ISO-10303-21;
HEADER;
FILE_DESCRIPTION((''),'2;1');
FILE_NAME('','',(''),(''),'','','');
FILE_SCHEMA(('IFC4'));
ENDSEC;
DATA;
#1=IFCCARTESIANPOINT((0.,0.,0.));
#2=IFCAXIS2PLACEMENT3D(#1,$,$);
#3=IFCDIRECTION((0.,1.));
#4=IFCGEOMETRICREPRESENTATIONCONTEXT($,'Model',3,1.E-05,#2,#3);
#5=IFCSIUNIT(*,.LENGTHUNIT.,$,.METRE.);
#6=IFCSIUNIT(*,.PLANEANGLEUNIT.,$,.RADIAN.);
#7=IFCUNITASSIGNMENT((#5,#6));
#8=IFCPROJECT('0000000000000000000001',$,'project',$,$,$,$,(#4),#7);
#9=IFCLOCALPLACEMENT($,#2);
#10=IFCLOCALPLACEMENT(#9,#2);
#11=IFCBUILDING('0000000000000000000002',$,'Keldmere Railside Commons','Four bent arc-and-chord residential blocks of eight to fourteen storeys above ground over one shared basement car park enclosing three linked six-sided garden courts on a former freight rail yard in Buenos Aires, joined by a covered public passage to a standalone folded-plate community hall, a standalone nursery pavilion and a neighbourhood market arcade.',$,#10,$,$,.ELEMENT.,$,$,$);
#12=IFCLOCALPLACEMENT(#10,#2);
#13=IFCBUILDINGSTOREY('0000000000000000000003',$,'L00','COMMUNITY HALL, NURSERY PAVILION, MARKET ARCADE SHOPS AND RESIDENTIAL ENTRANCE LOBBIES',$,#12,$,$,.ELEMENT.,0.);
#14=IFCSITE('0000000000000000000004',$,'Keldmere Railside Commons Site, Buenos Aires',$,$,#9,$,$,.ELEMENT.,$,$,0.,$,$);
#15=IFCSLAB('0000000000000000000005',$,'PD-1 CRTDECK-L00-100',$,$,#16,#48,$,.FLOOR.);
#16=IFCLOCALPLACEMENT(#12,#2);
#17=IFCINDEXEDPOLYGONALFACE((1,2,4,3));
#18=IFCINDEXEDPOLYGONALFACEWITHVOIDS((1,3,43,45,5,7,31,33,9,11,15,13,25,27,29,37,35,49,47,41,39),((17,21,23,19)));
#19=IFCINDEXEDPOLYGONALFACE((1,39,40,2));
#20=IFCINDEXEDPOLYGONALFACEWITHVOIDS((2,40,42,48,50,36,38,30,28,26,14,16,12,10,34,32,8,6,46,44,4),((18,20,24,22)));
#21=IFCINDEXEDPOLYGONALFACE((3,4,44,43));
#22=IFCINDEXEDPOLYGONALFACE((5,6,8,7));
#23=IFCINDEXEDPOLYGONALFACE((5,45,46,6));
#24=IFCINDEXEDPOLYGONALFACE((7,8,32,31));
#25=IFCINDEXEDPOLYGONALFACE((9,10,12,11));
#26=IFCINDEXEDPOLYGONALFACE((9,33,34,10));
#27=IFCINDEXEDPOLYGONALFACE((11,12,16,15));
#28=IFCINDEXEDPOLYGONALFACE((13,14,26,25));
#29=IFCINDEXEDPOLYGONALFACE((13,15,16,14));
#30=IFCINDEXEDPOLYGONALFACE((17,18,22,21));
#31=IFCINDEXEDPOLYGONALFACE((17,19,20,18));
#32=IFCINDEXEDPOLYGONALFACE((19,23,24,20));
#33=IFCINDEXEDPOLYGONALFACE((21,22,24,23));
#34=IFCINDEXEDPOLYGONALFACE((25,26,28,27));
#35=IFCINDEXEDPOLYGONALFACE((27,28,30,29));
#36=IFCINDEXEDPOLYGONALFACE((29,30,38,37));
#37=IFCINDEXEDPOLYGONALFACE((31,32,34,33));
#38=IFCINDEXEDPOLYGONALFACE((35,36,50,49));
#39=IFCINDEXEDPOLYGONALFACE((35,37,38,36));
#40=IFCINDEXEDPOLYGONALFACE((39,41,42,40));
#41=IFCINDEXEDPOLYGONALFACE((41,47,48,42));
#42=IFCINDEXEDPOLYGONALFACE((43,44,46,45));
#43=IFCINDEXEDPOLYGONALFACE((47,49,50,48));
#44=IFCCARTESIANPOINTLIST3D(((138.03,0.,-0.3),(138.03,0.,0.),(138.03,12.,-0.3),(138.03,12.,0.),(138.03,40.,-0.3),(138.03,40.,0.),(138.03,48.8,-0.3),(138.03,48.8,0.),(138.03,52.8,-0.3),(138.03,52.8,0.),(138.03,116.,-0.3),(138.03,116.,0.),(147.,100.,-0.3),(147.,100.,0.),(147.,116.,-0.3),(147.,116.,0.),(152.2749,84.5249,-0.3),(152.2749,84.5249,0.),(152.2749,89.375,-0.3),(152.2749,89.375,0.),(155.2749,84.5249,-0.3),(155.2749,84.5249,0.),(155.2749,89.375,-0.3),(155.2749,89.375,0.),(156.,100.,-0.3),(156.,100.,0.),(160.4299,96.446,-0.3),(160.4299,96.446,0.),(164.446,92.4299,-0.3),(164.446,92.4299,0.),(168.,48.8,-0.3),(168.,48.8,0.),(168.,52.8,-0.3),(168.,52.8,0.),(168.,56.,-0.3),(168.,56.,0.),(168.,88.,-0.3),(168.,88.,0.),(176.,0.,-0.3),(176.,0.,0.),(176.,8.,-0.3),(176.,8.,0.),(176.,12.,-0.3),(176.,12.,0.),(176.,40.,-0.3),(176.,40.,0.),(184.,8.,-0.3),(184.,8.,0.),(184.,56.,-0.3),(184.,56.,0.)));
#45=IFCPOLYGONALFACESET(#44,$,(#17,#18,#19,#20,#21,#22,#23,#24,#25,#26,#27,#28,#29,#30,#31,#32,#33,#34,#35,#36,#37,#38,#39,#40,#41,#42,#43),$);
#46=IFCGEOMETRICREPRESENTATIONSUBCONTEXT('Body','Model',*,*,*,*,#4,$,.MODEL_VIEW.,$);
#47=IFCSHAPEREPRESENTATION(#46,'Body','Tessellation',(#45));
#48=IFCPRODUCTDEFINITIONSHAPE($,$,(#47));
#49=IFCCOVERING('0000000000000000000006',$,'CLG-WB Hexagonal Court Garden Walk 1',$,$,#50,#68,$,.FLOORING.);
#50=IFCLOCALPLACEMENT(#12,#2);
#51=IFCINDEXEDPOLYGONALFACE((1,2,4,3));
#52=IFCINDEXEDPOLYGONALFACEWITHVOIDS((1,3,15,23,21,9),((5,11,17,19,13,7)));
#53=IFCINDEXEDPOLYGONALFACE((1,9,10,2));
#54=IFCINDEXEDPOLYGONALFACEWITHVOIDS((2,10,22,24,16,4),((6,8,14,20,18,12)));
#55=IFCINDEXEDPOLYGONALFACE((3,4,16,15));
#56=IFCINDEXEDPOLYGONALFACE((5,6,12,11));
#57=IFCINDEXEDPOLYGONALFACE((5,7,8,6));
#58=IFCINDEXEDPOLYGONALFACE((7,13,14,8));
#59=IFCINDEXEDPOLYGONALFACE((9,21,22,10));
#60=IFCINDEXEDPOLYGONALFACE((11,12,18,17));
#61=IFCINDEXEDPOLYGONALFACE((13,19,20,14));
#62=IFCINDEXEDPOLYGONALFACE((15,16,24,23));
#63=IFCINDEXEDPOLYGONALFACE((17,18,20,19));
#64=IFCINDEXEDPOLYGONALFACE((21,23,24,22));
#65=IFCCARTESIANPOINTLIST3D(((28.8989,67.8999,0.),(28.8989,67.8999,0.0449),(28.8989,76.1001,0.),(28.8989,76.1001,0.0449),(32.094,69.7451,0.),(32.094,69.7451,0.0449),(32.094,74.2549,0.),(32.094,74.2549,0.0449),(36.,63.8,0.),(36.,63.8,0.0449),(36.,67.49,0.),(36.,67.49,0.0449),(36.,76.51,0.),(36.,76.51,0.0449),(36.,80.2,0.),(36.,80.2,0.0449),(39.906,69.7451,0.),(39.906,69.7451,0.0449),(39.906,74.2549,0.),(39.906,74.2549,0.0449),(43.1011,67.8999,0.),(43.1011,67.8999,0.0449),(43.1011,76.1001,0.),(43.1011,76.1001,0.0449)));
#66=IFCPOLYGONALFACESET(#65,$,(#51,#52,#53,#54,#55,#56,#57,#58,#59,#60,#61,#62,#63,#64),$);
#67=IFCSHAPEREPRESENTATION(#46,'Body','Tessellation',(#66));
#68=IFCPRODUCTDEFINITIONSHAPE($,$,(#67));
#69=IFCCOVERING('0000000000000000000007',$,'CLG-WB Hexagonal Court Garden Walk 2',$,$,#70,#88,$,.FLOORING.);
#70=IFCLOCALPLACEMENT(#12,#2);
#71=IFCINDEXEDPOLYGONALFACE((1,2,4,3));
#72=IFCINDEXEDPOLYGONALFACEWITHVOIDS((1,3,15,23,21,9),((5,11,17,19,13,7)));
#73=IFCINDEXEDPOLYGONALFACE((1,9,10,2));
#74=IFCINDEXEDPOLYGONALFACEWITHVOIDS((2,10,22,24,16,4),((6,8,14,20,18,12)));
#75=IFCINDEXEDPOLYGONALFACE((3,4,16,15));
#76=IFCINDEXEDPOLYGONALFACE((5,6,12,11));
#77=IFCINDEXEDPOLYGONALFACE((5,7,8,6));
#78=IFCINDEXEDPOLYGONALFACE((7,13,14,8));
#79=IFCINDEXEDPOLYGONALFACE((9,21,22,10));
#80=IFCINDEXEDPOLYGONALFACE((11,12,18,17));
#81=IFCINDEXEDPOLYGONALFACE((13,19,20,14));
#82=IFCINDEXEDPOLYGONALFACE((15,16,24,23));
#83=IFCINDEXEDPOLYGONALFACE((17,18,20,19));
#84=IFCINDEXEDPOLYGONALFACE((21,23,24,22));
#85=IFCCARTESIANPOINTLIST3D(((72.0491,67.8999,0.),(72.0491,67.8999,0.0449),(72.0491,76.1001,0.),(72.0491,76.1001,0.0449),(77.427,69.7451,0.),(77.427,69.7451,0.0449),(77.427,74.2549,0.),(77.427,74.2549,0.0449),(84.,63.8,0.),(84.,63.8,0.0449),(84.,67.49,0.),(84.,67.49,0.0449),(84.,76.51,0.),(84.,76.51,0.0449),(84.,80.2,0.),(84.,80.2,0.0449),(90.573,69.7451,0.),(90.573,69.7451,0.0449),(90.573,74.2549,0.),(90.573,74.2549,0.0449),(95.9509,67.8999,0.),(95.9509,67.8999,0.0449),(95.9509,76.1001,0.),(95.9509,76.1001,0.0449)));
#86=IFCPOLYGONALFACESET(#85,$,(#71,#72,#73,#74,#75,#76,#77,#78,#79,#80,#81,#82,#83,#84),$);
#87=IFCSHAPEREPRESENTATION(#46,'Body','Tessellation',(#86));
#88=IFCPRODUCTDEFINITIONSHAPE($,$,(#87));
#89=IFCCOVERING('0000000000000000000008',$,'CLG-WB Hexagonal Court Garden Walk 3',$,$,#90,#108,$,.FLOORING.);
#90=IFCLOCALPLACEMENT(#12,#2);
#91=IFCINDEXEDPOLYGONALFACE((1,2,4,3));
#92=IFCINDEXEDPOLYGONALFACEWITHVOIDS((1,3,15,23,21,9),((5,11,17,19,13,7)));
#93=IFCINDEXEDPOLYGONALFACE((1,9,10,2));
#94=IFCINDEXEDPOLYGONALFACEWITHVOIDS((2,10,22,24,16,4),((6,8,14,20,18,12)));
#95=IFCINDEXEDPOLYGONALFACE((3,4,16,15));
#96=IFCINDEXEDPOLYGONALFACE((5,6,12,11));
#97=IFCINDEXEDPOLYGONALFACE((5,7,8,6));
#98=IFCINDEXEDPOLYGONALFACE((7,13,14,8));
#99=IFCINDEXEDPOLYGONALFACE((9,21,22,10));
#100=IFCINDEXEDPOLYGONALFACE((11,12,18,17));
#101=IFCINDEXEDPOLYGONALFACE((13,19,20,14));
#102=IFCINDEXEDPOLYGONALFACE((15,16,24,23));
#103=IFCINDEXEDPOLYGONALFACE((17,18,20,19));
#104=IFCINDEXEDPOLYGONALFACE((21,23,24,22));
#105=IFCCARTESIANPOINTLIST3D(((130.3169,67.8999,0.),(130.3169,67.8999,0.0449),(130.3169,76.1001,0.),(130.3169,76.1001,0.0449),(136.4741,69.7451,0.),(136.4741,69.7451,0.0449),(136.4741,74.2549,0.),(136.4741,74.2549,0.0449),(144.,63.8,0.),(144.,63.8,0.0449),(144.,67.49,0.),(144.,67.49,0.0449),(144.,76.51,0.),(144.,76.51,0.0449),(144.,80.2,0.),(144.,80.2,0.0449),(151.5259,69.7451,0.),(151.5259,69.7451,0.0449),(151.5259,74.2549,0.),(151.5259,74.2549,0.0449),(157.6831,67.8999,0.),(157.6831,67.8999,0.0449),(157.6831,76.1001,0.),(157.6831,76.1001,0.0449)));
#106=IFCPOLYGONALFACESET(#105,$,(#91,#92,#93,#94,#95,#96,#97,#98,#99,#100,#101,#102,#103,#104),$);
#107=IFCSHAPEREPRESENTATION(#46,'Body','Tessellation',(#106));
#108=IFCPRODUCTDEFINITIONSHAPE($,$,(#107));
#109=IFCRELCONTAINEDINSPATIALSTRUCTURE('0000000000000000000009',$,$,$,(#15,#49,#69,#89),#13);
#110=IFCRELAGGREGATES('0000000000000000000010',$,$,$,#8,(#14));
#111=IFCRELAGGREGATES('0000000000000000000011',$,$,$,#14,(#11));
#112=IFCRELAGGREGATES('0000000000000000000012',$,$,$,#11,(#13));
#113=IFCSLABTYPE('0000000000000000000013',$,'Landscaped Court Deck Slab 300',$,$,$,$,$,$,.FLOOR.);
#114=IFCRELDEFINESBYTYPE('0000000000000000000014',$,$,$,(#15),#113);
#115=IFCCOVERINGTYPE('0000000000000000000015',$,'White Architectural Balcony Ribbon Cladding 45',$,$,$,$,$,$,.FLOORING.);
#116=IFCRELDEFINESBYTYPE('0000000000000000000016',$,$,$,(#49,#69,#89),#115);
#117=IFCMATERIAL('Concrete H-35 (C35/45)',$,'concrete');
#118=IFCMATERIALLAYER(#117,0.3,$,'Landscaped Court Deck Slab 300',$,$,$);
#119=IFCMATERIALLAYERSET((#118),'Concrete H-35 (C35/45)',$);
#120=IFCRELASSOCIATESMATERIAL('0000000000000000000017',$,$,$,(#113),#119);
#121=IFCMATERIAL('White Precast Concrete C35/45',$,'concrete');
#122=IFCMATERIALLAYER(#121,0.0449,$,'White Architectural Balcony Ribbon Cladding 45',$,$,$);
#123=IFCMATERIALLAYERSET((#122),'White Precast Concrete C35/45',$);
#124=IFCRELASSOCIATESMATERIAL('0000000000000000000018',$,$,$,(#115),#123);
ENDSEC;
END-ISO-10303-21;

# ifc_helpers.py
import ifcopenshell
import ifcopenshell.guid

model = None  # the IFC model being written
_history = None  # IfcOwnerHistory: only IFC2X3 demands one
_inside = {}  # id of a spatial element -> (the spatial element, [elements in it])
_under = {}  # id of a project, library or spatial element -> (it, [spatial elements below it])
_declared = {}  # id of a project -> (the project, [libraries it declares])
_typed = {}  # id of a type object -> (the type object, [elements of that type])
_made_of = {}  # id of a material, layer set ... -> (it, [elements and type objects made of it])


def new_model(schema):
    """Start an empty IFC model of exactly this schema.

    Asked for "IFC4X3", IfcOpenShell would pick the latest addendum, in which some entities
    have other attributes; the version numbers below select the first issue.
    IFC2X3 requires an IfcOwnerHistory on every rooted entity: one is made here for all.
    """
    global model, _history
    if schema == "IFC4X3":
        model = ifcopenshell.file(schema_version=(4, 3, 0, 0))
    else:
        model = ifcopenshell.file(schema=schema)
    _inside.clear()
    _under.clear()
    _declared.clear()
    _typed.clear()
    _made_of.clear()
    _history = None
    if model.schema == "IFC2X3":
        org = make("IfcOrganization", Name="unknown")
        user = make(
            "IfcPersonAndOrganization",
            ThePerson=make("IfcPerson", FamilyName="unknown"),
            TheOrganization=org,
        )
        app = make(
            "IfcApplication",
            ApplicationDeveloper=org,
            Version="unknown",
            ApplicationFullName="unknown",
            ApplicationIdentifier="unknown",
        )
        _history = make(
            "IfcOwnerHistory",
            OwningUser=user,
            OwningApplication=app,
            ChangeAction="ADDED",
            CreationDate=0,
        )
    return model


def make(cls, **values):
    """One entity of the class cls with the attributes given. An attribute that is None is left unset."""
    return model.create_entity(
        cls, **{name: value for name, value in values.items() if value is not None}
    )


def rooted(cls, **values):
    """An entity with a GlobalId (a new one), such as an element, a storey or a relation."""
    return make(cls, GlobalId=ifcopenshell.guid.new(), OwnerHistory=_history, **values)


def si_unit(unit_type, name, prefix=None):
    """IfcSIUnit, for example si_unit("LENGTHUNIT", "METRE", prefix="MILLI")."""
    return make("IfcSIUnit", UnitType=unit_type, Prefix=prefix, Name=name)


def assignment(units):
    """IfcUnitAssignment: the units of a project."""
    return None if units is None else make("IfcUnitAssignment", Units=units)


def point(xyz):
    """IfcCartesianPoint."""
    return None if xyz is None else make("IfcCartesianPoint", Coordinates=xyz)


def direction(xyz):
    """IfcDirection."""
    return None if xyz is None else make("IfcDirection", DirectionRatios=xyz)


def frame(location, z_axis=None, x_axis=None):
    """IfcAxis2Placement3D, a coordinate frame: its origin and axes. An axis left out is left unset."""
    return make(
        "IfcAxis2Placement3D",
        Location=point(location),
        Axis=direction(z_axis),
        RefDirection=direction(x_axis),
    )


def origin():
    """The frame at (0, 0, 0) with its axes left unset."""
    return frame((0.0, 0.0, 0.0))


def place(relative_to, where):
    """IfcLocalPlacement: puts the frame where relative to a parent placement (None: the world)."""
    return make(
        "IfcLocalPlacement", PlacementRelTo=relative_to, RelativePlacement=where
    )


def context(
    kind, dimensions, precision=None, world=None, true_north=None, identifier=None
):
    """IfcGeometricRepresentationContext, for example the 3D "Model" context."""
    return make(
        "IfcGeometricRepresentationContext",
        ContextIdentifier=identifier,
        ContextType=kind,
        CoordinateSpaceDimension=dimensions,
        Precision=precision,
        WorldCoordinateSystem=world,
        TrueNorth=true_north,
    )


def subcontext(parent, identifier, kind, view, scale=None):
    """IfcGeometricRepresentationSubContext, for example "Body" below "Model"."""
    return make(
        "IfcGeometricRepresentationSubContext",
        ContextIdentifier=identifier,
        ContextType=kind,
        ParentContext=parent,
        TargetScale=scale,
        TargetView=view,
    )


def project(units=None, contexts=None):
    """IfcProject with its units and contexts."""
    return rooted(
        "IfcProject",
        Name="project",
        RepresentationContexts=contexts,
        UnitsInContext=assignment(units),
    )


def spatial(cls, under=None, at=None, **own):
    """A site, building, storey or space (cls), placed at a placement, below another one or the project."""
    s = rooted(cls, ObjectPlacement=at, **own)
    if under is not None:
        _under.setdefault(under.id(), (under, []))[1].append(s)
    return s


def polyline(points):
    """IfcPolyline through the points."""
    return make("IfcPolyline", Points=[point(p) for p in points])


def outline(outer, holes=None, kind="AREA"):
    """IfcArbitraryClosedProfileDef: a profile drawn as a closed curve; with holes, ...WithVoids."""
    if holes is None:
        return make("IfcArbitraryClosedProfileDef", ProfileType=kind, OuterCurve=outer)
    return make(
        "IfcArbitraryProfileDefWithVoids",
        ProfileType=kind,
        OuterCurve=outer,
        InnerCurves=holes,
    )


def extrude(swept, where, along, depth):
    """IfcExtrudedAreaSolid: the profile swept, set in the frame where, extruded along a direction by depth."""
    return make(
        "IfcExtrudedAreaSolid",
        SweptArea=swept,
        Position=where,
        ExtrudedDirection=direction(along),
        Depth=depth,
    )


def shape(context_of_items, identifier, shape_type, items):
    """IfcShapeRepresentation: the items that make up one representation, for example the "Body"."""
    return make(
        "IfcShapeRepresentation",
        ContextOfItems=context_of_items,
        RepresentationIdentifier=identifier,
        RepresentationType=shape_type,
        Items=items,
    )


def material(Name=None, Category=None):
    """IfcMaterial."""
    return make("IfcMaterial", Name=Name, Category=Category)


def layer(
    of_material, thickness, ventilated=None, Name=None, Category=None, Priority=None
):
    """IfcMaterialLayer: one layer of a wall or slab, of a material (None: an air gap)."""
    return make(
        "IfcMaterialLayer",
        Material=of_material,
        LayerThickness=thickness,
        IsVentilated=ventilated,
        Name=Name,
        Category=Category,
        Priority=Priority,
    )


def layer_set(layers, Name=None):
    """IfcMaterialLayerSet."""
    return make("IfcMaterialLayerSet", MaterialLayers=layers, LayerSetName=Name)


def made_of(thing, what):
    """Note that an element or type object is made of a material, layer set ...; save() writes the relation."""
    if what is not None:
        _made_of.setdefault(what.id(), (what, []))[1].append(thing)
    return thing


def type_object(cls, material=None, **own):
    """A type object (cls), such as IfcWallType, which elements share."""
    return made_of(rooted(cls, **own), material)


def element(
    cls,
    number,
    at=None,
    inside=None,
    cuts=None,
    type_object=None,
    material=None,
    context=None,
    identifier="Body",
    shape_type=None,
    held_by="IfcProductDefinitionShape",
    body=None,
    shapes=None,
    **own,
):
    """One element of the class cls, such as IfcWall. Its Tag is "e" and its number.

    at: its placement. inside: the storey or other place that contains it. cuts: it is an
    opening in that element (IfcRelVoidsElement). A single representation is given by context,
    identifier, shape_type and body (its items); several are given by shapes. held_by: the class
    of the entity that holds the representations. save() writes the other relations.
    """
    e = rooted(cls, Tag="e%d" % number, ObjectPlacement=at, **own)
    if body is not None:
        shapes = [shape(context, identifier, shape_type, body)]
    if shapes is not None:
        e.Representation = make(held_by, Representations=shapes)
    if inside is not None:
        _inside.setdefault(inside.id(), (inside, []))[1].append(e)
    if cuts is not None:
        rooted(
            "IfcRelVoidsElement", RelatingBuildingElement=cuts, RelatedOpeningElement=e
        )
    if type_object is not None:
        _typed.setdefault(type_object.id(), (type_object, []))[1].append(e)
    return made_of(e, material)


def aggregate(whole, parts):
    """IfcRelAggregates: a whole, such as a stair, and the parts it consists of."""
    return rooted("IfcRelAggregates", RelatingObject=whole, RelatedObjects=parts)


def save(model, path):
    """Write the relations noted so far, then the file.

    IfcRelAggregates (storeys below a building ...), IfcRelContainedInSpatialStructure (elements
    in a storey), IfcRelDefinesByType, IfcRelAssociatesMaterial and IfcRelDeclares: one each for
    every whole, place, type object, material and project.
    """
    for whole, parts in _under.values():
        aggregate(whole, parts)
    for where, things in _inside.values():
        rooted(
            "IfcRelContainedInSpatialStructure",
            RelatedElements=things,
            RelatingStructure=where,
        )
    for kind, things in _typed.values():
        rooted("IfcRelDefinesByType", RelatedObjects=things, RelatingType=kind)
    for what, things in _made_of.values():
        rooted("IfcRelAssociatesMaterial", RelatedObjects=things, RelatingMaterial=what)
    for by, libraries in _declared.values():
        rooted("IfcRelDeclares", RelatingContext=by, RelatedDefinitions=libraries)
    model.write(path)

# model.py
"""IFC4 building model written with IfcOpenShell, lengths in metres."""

from ifc_helpers import new_model, si_unit, direction, frame, origin, place, context, subcontext, project, spatial, polyline, outline, extrude, material, layer, layer_set, type_object, element, save


model = new_model("IFC4")

# Units and contexts
model_context = context("Model", 3, precision=1e-05, world=origin(), true_north=direction((0.0, 1.0)))
body_context = subcontext(model_context, "Body", "Model", "MODEL_VIEW")
ifc_project = project(units=[si_unit("LENGTHUNIT", "METRE"), si_unit("PLANEANGLEUNIT", "RADIAN")], contexts=[model_context])

# Site, building, storey
site_placement = place(None, origin())
site = spatial("IfcSite", under=ifc_project, at=site_placement, Name="Keldmere Railside Commons Site, Buenos Aires", CompositionType="ELEMENT", RefElevation=0.0)
building_placement = place(site_placement, origin())
building = spatial("IfcBuilding", under=site, at=building_placement, Name="Keldmere Railside Commons", Description="Four bent arc-and-chord residential blocks of eight to fourteen storeys above ground over one shared basement car park enclosing three linked six-sided garden courts on a former freight rail yard in Buenos Aires, joined by a covered public passage to a standalone folded-plate community hall, a standalone nursery pavilion and a neighbourhood market arcade.", CompositionType="ELEMENT")
storey_placement = place(building_placement, origin())
storey = spatial("IfcBuildingStorey", under=building, at=storey_placement, Name="L00", Description="COMMUNITY HALL, NURSERY PAVILION, MARKET ARCADE SHOPS AND RESIDENTIAL ENTRANCE LOBBIES", CompositionType="ELEMENT", Elevation=0.0)

# Shared definitions
ifc_material_1 = material(Name="Concrete H-35 (C35/45)", Category="concrete")

# Slab
ifc_layer_1 = layer(ifc_material_1, 0.3, Name="Landscaped Court Deck Slab 300")
ifc_layer_set_1 = layer_set([ifc_layer_1], Name="Concrete H-35 (C35/45)")
slab_type_1 = type_object("IfcSlabType", Name="Landscaped Court Deck Slab 300", PredefinedType="FLOOR", material=ifc_layer_set_1)
slab_1_placement = place(storey_placement, frame((0.0, 0.0, -0.3)))
element("IfcSlab", 1, at=slab_1_placement, inside=storey, type_object=slab_type_1, Name="PD-1 CRTDECK-L00-100", PredefinedType="FLOOR", context=body_context, shape_type="SweptSolid", body=[
    extrude(outline(polyline([(138.03, 0.0), (176.0, 0.0), (176.0, 8.0), (184.0, 8.0), (184.0, 56.0), (168.0, 56.0), (168.0, 88.0), (164.446, 92.4299), (160.4299, 96.446), (156.0, 100.0), (147.0, 100.0), (147.0, 116.0), (138.03, 116.0), (138.03, 52.8), (168.0, 52.8), (168.0, 48.8), (138.03, 48.8), (138.03, 40.0), (176.0, 40.0), (176.0, 12.0), (138.03, 12.0), (138.03, 0.0)]), holes=[polyline([(155.2749, 84.5249), (152.2749, 84.5249), (152.2749, 89.375), (155.2749, 89.375), (155.2749, 84.5249)])]), origin(), (0.0, 0.0, 1.0), 0.3),
])

# Coverings
ifc_material_2 = material(Name="White Precast Concrete C35/45", Category="concrete")
ifc_layer_2 = layer(ifc_material_2, 0.0449, Name="White Architectural Balcony Ribbon Cladding 45")
ifc_layer_set_2 = layer_set([ifc_layer_2], Name="White Precast Concrete C35/45")
covering_type = type_object("IfcCoveringType", Name="White Architectural Balcony Ribbon Cladding 45", PredefinedType="FLOORING", material=ifc_layer_set_2)
covering_1_placement = place(storey_placement, origin())
element("IfcCovering", 2, at=covering_1_placement, inside=storey, type_object=covering_type, Name="CLG-WB Hexagonal Court Garden Walk 1", PredefinedType="FLOORING", context=body_context, shape_type="SweptSolid", body=[
    extrude(outline(polyline([(43.1011, 76.1001), (36.0, 80.2), (28.8989, 76.1001), (28.8989, 67.8999), (36.0, 63.8), (43.1011, 67.8999), (43.1011, 76.1001)]), holes=[polyline([(39.906, 74.2549), (39.906, 69.7451), (36.0, 67.49), (32.094, 69.7451), (32.094, 74.2549), (36.0, 76.51), (39.906, 74.2549)])]), origin(), (0.0, 0.0, 1.0), 0.0449),
])
covering_2_placement = place(storey_placement, origin())
element("IfcCovering", 3, at=covering_2_placement, inside=storey, type_object=covering_type, Name="CLG-WB Hexagonal Court Garden Walk 2", PredefinedType="FLOORING", context=body_context, shape_type="SweptSolid", body=[
    extrude(outline(polyline([(95.9509, 76.1001), (84.0, 80.2), (72.0491, 76.1001), (72.0491, 67.8999), (84.0, 63.8), (95.9509, 67.8999), (95.9509, 76.1001)]), holes=[polyline([(90.573, 74.2549), (90.573, 69.7451), (84.0, 67.49), (77.427, 69.7451), (77.427, 74.2549), (84.0, 76.51), (90.573, 74.2549)])]), origin(), (0.0, 0.0, 1.0), 0.0449),
])
covering_3_placement = place(storey_placement, origin())
element("IfcCovering", 4, at=covering_3_placement, inside=storey, type_object=covering_type, Name="CLG-WB Hexagonal Court Garden Walk 3", PredefinedType="FLOORING", context=body_context, shape_type="SweptSolid", body=[
    extrude(outline(polyline([(157.6831, 76.1001), (144.0, 80.2), (130.3169, 76.1001), (130.3169, 67.8999), (144.0, 63.8), (157.6831, 67.8999), (157.6831, 76.1001)]), holes=[polyline([(151.5259, 74.2549), (151.5259, 69.7451), (144.0, 67.49), (136.4741, 69.7451), (136.4741, 74.2549), (144.0, 76.51), (151.5259, 74.2549)])]), origin(), (0.0, 0.0, 1.0), 0.0449),
])

save(model, "model.ifc")
